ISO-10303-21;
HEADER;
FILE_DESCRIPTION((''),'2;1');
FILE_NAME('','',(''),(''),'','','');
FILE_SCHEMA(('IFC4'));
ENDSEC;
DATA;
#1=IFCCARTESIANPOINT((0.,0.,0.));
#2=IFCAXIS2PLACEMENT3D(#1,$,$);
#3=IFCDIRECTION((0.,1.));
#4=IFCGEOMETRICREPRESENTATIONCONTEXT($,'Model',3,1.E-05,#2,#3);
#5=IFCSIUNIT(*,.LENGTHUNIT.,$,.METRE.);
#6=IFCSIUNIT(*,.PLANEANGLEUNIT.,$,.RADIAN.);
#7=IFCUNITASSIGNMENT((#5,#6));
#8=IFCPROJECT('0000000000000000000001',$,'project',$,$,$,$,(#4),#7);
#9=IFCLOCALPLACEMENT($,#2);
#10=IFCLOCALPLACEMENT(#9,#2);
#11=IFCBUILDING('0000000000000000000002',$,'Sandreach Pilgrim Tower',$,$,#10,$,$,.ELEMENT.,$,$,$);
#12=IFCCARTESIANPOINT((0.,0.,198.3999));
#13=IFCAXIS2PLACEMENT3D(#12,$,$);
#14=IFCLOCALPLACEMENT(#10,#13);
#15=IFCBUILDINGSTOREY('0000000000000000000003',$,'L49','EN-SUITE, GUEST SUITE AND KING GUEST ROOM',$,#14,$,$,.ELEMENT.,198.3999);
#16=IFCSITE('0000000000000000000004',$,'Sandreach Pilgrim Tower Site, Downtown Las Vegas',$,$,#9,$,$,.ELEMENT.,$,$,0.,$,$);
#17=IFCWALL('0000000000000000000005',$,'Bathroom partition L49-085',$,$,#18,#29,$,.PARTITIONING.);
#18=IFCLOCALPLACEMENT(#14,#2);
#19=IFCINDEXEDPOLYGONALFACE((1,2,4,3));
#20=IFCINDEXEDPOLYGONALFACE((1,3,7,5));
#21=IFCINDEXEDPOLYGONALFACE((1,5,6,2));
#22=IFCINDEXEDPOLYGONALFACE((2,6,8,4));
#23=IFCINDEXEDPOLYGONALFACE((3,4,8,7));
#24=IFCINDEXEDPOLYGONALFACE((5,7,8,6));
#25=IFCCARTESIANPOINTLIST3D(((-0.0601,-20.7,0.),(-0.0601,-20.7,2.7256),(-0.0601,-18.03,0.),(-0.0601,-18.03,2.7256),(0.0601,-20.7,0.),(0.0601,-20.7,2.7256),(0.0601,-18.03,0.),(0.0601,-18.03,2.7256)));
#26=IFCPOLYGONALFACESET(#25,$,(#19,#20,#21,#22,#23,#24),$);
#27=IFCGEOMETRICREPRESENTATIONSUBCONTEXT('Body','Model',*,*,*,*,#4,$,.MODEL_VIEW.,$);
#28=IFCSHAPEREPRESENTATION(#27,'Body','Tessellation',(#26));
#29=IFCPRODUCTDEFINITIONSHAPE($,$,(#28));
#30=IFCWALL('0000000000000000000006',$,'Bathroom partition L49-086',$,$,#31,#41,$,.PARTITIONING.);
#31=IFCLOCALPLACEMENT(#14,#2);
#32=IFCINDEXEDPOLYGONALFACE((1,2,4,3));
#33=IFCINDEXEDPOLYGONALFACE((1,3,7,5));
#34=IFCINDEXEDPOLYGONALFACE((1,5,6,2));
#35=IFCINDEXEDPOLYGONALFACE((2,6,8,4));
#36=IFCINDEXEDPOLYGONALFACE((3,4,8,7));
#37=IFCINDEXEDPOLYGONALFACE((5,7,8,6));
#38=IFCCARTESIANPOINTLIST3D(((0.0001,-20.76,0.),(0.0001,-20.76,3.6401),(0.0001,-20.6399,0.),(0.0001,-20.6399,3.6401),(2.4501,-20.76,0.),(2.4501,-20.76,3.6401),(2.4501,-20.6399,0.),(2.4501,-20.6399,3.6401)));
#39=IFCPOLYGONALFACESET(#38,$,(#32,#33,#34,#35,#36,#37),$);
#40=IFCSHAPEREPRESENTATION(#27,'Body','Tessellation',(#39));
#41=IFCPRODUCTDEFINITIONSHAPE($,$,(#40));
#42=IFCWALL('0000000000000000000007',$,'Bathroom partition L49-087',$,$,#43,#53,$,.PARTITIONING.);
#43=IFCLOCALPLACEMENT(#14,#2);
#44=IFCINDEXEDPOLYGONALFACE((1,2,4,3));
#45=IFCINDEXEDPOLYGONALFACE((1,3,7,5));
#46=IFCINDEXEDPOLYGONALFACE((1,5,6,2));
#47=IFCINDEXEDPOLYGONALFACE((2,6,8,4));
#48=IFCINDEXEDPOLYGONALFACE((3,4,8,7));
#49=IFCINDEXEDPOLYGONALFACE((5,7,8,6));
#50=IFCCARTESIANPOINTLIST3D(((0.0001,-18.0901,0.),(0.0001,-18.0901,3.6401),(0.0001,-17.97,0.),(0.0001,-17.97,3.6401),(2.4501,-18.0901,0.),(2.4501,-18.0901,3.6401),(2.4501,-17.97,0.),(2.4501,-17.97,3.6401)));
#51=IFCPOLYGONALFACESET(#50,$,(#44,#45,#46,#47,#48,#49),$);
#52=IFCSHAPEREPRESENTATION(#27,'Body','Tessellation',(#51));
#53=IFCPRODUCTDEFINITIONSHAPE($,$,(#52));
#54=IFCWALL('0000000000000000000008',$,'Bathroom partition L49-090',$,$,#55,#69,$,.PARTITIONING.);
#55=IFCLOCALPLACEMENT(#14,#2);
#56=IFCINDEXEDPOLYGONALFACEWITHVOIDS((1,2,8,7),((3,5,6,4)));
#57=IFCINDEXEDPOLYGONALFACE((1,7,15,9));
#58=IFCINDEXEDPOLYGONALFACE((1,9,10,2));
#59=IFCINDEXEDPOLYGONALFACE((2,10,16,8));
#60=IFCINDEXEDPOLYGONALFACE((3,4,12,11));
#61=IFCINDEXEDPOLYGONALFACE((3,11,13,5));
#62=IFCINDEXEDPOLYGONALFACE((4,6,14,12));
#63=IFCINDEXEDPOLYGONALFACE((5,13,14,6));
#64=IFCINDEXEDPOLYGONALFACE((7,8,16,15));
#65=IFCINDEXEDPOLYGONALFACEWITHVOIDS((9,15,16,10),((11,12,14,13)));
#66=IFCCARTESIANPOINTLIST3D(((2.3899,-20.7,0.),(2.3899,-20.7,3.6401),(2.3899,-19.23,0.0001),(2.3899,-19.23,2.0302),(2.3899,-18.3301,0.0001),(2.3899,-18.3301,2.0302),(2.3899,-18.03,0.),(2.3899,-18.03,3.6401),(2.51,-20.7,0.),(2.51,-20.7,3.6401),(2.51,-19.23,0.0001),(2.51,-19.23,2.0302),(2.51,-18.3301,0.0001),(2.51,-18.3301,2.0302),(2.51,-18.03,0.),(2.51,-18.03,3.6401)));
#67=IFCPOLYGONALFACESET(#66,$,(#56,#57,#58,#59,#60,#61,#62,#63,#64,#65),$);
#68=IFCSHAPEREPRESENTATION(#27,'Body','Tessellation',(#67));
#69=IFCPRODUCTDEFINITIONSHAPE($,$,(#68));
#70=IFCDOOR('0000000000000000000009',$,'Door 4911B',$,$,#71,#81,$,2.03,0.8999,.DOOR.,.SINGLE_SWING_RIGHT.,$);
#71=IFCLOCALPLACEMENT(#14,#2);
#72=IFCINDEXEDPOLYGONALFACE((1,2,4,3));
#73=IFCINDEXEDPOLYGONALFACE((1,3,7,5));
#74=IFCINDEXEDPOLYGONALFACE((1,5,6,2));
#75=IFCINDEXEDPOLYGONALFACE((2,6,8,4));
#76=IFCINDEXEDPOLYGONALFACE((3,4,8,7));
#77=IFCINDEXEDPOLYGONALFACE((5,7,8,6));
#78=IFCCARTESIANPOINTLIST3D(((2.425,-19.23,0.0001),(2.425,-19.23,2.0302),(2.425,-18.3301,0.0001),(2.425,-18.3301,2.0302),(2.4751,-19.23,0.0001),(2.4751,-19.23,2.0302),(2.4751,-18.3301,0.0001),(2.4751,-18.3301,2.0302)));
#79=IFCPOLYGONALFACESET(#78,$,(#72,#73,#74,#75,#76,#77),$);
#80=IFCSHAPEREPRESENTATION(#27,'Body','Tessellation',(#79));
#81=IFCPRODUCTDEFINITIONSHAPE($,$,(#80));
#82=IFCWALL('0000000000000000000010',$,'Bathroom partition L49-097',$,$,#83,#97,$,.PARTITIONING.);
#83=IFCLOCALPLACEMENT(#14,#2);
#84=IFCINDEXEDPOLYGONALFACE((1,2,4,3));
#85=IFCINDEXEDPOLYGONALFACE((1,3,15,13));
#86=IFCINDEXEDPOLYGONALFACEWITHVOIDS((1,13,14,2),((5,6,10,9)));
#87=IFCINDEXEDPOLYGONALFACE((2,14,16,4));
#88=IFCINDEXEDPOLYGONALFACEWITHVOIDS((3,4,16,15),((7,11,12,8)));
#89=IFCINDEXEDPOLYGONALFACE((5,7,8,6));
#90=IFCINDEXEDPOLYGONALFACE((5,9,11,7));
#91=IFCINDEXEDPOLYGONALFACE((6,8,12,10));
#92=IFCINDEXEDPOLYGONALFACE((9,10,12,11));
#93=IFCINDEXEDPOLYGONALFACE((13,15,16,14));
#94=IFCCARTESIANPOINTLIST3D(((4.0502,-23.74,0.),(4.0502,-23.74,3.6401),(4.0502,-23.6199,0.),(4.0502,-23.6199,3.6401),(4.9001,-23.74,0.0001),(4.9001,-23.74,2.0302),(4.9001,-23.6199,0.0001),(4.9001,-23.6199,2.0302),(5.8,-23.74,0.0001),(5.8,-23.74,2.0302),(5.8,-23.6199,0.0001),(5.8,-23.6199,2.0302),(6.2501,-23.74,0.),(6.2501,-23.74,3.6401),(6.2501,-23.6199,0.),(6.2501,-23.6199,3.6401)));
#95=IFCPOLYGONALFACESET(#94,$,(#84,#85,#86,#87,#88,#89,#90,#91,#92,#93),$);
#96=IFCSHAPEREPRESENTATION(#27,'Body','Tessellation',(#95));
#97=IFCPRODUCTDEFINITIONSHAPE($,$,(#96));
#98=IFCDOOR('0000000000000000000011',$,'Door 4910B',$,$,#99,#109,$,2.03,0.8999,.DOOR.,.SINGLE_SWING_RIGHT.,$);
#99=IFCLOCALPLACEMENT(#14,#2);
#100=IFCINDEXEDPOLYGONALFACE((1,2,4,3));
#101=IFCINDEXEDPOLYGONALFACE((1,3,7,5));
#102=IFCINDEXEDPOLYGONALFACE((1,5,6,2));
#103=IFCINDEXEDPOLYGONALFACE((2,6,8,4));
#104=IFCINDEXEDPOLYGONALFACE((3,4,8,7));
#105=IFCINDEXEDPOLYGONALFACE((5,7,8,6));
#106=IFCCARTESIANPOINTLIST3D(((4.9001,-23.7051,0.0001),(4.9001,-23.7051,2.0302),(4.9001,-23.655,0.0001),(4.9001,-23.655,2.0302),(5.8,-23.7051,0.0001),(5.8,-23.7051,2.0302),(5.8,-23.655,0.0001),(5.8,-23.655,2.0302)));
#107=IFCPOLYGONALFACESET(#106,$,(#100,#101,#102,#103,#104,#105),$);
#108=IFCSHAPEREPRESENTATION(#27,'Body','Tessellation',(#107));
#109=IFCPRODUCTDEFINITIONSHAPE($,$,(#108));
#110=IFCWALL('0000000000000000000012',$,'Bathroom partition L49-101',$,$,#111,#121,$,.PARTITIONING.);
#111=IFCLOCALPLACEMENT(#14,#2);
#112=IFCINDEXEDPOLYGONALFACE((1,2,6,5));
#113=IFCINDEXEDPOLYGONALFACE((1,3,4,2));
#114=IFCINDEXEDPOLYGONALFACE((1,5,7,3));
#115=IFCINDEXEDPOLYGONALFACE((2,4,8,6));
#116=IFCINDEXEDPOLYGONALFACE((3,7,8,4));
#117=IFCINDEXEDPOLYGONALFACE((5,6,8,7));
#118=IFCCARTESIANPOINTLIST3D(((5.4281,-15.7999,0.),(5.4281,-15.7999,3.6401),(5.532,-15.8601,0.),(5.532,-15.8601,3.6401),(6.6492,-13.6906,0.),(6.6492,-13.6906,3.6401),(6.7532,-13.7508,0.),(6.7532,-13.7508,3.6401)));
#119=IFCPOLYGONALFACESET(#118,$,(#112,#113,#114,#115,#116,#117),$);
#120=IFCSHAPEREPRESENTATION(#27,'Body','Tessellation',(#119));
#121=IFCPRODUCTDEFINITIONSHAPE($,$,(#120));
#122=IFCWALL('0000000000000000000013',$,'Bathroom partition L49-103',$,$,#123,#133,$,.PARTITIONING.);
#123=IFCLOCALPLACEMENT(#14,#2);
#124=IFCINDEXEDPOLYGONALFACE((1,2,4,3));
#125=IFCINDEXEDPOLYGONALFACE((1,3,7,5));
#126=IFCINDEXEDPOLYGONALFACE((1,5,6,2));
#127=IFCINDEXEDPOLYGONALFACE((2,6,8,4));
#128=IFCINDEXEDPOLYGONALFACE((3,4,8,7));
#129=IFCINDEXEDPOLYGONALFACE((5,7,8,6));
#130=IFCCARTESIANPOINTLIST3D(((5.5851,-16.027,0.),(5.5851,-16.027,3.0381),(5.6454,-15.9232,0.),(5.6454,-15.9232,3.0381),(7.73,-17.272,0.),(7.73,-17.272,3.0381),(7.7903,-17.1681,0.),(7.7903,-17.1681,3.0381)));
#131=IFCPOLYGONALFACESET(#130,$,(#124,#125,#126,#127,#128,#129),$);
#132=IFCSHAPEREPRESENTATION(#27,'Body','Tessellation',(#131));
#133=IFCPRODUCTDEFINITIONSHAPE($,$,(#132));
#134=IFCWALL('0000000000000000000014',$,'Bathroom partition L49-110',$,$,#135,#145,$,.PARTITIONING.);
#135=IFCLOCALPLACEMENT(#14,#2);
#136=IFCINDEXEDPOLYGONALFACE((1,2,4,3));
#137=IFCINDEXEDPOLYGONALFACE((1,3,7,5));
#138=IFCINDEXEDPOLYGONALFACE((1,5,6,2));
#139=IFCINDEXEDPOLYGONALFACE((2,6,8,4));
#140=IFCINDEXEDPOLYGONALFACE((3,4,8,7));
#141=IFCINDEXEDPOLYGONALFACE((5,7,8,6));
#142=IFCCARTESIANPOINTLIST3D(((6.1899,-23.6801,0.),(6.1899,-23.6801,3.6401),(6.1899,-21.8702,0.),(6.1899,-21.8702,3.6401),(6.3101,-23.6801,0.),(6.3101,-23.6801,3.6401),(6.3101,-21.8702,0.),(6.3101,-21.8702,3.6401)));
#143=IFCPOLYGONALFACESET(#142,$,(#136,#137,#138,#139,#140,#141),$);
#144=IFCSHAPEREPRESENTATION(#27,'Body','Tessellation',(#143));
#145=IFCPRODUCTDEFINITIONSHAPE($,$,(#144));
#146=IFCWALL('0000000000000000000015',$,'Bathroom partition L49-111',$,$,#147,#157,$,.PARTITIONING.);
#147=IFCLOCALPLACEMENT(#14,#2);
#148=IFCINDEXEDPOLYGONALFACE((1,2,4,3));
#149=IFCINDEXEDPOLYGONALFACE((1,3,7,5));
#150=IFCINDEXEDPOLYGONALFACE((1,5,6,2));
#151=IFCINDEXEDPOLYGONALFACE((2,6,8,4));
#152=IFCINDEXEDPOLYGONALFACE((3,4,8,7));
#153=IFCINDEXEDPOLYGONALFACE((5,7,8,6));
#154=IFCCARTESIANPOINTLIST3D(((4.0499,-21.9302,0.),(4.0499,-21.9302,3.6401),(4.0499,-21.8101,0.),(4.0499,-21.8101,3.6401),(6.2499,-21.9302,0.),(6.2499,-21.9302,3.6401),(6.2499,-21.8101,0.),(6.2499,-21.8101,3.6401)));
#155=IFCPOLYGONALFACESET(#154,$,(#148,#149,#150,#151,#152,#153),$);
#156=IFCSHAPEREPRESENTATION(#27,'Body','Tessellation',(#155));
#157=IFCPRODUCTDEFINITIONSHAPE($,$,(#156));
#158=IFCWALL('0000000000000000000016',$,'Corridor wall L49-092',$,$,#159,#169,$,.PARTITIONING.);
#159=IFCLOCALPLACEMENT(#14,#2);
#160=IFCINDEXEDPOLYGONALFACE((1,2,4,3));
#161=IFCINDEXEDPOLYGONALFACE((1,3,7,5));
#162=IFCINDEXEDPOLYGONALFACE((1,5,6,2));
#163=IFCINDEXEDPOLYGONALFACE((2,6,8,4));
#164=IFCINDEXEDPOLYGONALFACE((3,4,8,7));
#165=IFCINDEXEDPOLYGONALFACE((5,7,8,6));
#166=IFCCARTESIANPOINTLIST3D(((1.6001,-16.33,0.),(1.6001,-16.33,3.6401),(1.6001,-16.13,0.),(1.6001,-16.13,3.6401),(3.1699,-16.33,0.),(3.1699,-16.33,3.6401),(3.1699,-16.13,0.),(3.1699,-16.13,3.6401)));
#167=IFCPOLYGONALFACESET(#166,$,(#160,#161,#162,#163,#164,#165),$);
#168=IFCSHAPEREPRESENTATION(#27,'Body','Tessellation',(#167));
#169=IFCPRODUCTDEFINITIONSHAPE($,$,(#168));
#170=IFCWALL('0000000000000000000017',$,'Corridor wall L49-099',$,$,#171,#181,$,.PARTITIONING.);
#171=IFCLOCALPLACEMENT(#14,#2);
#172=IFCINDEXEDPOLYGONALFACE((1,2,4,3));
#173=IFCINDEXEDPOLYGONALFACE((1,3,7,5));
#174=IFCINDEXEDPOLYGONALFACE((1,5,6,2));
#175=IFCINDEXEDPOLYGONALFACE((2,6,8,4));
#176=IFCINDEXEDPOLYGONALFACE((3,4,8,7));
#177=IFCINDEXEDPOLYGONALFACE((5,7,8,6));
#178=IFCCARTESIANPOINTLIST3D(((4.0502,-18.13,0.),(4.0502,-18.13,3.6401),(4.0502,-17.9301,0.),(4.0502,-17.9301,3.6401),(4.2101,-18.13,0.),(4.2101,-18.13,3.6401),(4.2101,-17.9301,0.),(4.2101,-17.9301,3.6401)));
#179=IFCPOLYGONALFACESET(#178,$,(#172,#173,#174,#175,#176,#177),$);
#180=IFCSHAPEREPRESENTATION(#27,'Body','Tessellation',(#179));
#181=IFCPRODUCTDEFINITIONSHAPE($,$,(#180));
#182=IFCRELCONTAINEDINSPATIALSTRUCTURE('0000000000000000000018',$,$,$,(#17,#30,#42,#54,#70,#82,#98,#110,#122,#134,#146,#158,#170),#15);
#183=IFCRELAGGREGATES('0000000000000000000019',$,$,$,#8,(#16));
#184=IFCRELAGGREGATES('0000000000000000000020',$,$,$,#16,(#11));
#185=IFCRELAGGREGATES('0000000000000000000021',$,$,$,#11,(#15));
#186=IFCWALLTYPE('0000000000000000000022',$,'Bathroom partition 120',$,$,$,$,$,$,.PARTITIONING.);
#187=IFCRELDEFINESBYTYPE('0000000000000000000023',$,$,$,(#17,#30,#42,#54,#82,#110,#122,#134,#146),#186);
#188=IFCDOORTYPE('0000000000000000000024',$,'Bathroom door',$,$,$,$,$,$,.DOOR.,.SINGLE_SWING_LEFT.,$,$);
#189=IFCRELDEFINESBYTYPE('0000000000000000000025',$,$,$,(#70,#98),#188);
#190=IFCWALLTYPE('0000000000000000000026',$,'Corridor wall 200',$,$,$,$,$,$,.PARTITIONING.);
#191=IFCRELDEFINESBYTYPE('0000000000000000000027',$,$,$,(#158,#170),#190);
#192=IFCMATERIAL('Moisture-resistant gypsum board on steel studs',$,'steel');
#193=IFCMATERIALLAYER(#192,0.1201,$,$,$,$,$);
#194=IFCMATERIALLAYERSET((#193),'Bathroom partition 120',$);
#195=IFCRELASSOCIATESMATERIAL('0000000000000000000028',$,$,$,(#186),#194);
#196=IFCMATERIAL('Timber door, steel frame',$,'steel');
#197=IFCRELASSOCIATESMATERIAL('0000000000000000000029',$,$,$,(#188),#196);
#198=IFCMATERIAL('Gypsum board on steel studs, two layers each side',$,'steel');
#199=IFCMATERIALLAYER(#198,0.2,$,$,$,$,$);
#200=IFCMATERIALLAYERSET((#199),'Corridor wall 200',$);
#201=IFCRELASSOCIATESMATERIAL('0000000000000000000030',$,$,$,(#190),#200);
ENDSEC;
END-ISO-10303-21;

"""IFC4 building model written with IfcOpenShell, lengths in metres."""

from ifc_helpers import new_model, si_unit, direction, frame, frame_2d, origin, place, context, subcontext, project, spatial, rectangle, extrude, material, layer, layer_set, type_object, element, fill, save


model = new_model("IFC4")

# Units and contexts
model_context = context("Model", 3, precision=1e-05, world=origin(), true_north=direction((0.0, 1.0)))
body_context = subcontext(model_context, "Body", "Model", "MODEL_VIEW")
ifc_project = project(units=[si_unit("LENGTHUNIT", "METRE"), si_unit("PLANEANGLEUNIT", "RADIAN")], contexts=[model_context])

# Site, building, storey
site_placement = place(None, origin())
site = spatial("IfcSite", under=ifc_project, at=site_placement, Name="Sandreach Pilgrim Tower Site, Downtown Las Vegas", CompositionType="ELEMENT", RefElevation=0.0)
building_placement = place(site_placement, origin())
building = spatial("IfcBuilding", under=site, at=building_placement, Name="Sandreach Pilgrim Tower", CompositionType="ELEMENT")
storey_placement = place(building_placement, frame((0.0, 0.0, 198.3999)))
storey = spatial("IfcBuildingStorey", under=building, at=storey_placement, Name="L49", Description="EN-SUITE, GUEST SUITE AND KING GUEST ROOM", CompositionType="ELEMENT", Elevation=198.3999)

# Walls
ifc_material_1 = material(Name="Moisture-resistant gypsum board on steel studs", Category="steel")
ifc_layer_1 = layer(ifc_material_1, 0.1201)
ifc_layer_set_1 = layer_set([ifc_layer_1], Name="Bathroom partition 120")
wall_type_1 = type_object("IfcWallType", Name="Bathroom partition 120", PredefinedType="PARTITIONING", material=ifc_layer_set_1)
wall_1_placement = place(storey_placement, frame((0.0, -20.7, 0.0), z_axis=(0.0, 0.0, 1.0), x_axis=(0.0, 1.0, 0.0)))
element("IfcWall", 1, at=wall_1_placement, inside=storey, type_object=wall_type_1, Name="Bathroom partition L49-085", PredefinedType="PARTITIONING", context=body_context, shape_type="SweptSolid", body=[
    extrude(rectangle(XDim=2.6699, YDim=0.1201, at=frame_2d((1.335, 0.0))), origin(), (0.0, 0.0, 1.0), 2.7256),
])
for number, where, z_axis, x_axis, name in (
    (2, (0.0, -20.7, 0.0), (0.0, 0.0, 1.0), (1.0, 0.0, 0.0), "Bathroom partition L49-086"),
    (3, (0.0, -18.03, 0.0), (0.0, 0.0, 1.0), (1.0, 0.0, 0.0), "Bathroom partition L49-087"),
):
    element("IfcWall", number, at=place(storey_placement, frame(where, z_axis=z_axis, x_axis=x_axis)), inside=storey, type_object=wall_type_1, Name=name, PredefinedType="PARTITIONING", context=body_context, shape_type="SweptSolid", body=[
        extrude(rectangle(XDim=2.45, YDim=0.1201, at=frame_2d((1.2251, 0.0))), origin(), (0.0, 0.0, 1.0), 3.6401),
    ])

# Walls, openings, doors
wall_2_placement = place(storey_placement, frame((2.45, -20.7, 0.0), z_axis=(0.0, 0.0, 1.0), x_axis=(0.0, 1.0, 0.0)))
wall_2 = element("IfcWall", 4, at=wall_2_placement, inside=storey, type_object=wall_type_1, Name="Bathroom partition L49-090", PredefinedType="PARTITIONING", context=body_context, shape_type="SweptSolid", body=[
    extrude(rectangle(XDim=2.6699, YDim=0.1201, at=frame_2d((1.335, 0.0))), origin(), (0.0, 0.0, 1.0), 3.6401),
])
opening_1_placement = place(wall_2_placement, frame((1.47, 0.0, 0.0)))
opening_1 = element("IfcOpeningElement", 5, at=opening_1_placement, cuts=wall_2, PredefinedType="OPENING", context=body_context, shape_type="SweptSolid", body=[
    extrude(rectangle(XDim=0.8999, YDim=2.03, at=frame_2d((0.45, 1.0151))), frame((0.0, 0.0601, 0.0), z_axis=(0.0, -1.0, 0.0), x_axis=(1.0, 0.0, 0.0)), (0.0, 0.0, 1.0), 0.1201),
])
ifc_material_2 = material(Name="Timber door, steel frame", Category="steel")
door_type_1 = type_object("IfcDoorType", Name="Bathroom door", OperationType="SINGLE_SWING_LEFT", PredefinedType="DOOR", material=ifc_material_2)
door_1_placement = place(opening_1_placement, origin())
door_1 = element("IfcDoor", 6, at=door_1_placement, inside=storey, type_object=door_type_1, Name="Door 4911B", OperationType="SINGLE_SWING_RIGHT", OverallHeight=2.03, OverallWidth=0.8999, PredefinedType="DOOR", context=body_context, shape_type="SweptSolid", body=[
    extrude(rectangle(XDim=0.8999, YDim=2.03, at=frame_2d((0.45, 1.0151))), frame((0.0, 0.0249, 0.0), z_axis=(0.0, -1.0, 0.0), x_axis=(1.0, 0.0, 0.0)), (0.0, 0.0, 1.0), 0.05),
])
fill(opening_1, door_1)
wall_3_placement = place(storey_placement, frame((4.05, -23.6799, 0.0), z_axis=(0.0, 0.0, 1.0), x_axis=(1.0, 0.0, 0.0)))
wall_3 = element("IfcWall", 7, at=wall_3_placement, inside=storey, type_object=wall_type_1, Name="Bathroom partition L49-097", PredefinedType="PARTITIONING", context=body_context, shape_type="SweptSolid", body=[
    extrude(rectangle(XDim=2.2, YDim=0.1201, at=frame_2d((1.1001, 0.0))), origin(), (0.0, 0.0, 1.0), 3.6401),
])
opening_2_placement = place(wall_3_placement, frame((0.8501, 0.0, 0.0)))
opening_2 = element("IfcOpeningElement", 8, at=opening_2_placement, cuts=wall_3, PredefinedType="OPENING", context=body_context, shape_type="SweptSolid", body=[
    extrude(rectangle(XDim=0.8999, YDim=2.03, at=frame_2d((0.45, 1.0151))), frame((0.0, 0.0601, 0.0), z_axis=(0.0, -1.0, 0.0), x_axis=(1.0, 0.0, 0.0)), (0.0, 0.0, 1.0), 0.1201),
])
door_2_placement = place(opening_2_placement, origin())
door_2 = element("IfcDoor", 9, at=door_2_placement, inside=storey, type_object=door_type_1, Name="Door 4910B", OperationType="SINGLE_SWING_RIGHT", OverallHeight=2.03, OverallWidth=0.8999, PredefinedType="DOOR", context=body_context, shape_type="SweptSolid", body=[
    extrude(rectangle(XDim=0.8999, YDim=2.03, at=frame_2d((0.45, 1.0151))), frame((0.0, 0.0249, 0.0), z_axis=(0.0, -1.0, 0.0), x_axis=(1.0, 0.0, 0.0)), (0.0, 0.0, 1.0), 0.05),
])
fill(opening_2, door_2)

# Walls
wall_4_placement = place(storey_placement, frame((5.48, -15.8301, 0.0), z_axis=(0.0, 0.0, 1.0), x_axis=(0.501028, 0.865431, 0.0)))
element("IfcWall", 10, at=wall_4_placement, inside=storey, type_object=wall_type_1, Name="Bathroom partition L49-101", PredefinedType="PARTITIONING", context=body_context, shape_type="SweptSolid", body=[
    extrude(rectangle(XDim=2.4373, YDim=0.1201, at=frame_2d((1.2188, 0.0))), origin(), (0.0, 0.0, 1.0), 3.6401),
])
wall_5_placement = place(storey_placement, frame((5.6152, -15.9751, 0.0), z_axis=(0.0, 0.0, 1.0), x_axis=(0.864873, -0.501991, 0.0)))
element("IfcWall", 11, at=wall_5_placement, inside=storey, type_object=wall_type_1, Name="Bathroom partition L49-103", PredefinedType="PARTITIONING", context=body_context, shape_type="SweptSolid", body=[
    extrude(rectangle(XDim=2.48, YDim=0.1201, at=frame_2d((1.24, 0.0))), origin(), (0.0, 0.0, 1.0), 3.0381),
])
wall_6_placement = place(storey_placement, frame((6.25, -23.6799, 0.0), z_axis=(0.0, 0.0, 1.0), x_axis=(0.0, 1.0, 0.0)))
element("IfcWall", 12, at=wall_6_placement, inside=storey, type_object=wall_type_1, Name="Bathroom partition L49-110", PredefinedType="PARTITIONING", context=body_context, shape_type="SweptSolid", body=[
    extrude(rectangle(XDim=1.8098, YDim=0.1201, at=frame_2d((0.9048, 0.0))), origin(), (0.0, 0.0, 1.0), 3.6401),
])
wall_7_placement = place(storey_placement, frame((6.25, -21.8701, 0.0), z_axis=(0.0, 0.0, 1.0), x_axis=(-1.0, 0.0, 0.0)))
element("IfcWall", 13, at=wall_7_placement, inside=storey, type_object=wall_type_1, Name="Bathroom partition L49-111", PredefinedType="PARTITIONING", context=body_context, shape_type="SweptSolid", body=[
    extrude(rectangle(XDim=2.2, YDim=0.1201, at=frame_2d((1.1001, 0.0))), origin(), (0.0, 0.0, 1.0), 3.6401),
])

# Shared definitions
ifc_material_3 = material(Name="Gypsum board on steel studs, two layers each side", Category="steel")
ifc_layer_2 = layer(ifc_material_3, 0.2)
ifc_layer_set_2 = layer_set([ifc_layer_2], Name="Corridor wall 200")
wall_type_2 = type_object("IfcWallType", Name="Corridor wall 200", PredefinedType="PARTITIONING", material=ifc_layer_set_2)

# Walls
wall_8_placement = place(storey_placement, frame((3.1699, -16.23, 0.0), z_axis=(0.0, 0.0, 1.0), x_axis=(-1.0, 0.0, 0.0)))
element("IfcWall", 14, at=wall_8_placement, inside=storey, type_object=wall_type_2, Name="Corridor wall L49-092", PredefinedType="PARTITIONING", context=body_context, shape_type="SweptSolid", body=[
    extrude(rectangle(XDim=1.5698, YDim=0.2, at=frame_2d((0.7849, 0.0))), origin(), (0.0, 0.0, 1.0), 3.6401),
])
wall_9_placement = place(storey_placement, frame((4.05, -18.03, 0.0), z_axis=(0.0, 0.0, 1.0), x_axis=(1.0, 0.0, 0.0)))
element("IfcWall", 15, at=wall_9_placement, inside=storey, type_object=wall_type_2, Name="Corridor wall L49-099", PredefinedType="PARTITIONING", context=body_context, shape_type="SweptSolid", body=[
    extrude(rectangle(XDim=0.1599, YDim=0.2, at=frame_2d((0.0801, 0.0))), origin(), (0.0, 0.0, 1.0), 3.6401),
])

save(model, "model.ifc")
